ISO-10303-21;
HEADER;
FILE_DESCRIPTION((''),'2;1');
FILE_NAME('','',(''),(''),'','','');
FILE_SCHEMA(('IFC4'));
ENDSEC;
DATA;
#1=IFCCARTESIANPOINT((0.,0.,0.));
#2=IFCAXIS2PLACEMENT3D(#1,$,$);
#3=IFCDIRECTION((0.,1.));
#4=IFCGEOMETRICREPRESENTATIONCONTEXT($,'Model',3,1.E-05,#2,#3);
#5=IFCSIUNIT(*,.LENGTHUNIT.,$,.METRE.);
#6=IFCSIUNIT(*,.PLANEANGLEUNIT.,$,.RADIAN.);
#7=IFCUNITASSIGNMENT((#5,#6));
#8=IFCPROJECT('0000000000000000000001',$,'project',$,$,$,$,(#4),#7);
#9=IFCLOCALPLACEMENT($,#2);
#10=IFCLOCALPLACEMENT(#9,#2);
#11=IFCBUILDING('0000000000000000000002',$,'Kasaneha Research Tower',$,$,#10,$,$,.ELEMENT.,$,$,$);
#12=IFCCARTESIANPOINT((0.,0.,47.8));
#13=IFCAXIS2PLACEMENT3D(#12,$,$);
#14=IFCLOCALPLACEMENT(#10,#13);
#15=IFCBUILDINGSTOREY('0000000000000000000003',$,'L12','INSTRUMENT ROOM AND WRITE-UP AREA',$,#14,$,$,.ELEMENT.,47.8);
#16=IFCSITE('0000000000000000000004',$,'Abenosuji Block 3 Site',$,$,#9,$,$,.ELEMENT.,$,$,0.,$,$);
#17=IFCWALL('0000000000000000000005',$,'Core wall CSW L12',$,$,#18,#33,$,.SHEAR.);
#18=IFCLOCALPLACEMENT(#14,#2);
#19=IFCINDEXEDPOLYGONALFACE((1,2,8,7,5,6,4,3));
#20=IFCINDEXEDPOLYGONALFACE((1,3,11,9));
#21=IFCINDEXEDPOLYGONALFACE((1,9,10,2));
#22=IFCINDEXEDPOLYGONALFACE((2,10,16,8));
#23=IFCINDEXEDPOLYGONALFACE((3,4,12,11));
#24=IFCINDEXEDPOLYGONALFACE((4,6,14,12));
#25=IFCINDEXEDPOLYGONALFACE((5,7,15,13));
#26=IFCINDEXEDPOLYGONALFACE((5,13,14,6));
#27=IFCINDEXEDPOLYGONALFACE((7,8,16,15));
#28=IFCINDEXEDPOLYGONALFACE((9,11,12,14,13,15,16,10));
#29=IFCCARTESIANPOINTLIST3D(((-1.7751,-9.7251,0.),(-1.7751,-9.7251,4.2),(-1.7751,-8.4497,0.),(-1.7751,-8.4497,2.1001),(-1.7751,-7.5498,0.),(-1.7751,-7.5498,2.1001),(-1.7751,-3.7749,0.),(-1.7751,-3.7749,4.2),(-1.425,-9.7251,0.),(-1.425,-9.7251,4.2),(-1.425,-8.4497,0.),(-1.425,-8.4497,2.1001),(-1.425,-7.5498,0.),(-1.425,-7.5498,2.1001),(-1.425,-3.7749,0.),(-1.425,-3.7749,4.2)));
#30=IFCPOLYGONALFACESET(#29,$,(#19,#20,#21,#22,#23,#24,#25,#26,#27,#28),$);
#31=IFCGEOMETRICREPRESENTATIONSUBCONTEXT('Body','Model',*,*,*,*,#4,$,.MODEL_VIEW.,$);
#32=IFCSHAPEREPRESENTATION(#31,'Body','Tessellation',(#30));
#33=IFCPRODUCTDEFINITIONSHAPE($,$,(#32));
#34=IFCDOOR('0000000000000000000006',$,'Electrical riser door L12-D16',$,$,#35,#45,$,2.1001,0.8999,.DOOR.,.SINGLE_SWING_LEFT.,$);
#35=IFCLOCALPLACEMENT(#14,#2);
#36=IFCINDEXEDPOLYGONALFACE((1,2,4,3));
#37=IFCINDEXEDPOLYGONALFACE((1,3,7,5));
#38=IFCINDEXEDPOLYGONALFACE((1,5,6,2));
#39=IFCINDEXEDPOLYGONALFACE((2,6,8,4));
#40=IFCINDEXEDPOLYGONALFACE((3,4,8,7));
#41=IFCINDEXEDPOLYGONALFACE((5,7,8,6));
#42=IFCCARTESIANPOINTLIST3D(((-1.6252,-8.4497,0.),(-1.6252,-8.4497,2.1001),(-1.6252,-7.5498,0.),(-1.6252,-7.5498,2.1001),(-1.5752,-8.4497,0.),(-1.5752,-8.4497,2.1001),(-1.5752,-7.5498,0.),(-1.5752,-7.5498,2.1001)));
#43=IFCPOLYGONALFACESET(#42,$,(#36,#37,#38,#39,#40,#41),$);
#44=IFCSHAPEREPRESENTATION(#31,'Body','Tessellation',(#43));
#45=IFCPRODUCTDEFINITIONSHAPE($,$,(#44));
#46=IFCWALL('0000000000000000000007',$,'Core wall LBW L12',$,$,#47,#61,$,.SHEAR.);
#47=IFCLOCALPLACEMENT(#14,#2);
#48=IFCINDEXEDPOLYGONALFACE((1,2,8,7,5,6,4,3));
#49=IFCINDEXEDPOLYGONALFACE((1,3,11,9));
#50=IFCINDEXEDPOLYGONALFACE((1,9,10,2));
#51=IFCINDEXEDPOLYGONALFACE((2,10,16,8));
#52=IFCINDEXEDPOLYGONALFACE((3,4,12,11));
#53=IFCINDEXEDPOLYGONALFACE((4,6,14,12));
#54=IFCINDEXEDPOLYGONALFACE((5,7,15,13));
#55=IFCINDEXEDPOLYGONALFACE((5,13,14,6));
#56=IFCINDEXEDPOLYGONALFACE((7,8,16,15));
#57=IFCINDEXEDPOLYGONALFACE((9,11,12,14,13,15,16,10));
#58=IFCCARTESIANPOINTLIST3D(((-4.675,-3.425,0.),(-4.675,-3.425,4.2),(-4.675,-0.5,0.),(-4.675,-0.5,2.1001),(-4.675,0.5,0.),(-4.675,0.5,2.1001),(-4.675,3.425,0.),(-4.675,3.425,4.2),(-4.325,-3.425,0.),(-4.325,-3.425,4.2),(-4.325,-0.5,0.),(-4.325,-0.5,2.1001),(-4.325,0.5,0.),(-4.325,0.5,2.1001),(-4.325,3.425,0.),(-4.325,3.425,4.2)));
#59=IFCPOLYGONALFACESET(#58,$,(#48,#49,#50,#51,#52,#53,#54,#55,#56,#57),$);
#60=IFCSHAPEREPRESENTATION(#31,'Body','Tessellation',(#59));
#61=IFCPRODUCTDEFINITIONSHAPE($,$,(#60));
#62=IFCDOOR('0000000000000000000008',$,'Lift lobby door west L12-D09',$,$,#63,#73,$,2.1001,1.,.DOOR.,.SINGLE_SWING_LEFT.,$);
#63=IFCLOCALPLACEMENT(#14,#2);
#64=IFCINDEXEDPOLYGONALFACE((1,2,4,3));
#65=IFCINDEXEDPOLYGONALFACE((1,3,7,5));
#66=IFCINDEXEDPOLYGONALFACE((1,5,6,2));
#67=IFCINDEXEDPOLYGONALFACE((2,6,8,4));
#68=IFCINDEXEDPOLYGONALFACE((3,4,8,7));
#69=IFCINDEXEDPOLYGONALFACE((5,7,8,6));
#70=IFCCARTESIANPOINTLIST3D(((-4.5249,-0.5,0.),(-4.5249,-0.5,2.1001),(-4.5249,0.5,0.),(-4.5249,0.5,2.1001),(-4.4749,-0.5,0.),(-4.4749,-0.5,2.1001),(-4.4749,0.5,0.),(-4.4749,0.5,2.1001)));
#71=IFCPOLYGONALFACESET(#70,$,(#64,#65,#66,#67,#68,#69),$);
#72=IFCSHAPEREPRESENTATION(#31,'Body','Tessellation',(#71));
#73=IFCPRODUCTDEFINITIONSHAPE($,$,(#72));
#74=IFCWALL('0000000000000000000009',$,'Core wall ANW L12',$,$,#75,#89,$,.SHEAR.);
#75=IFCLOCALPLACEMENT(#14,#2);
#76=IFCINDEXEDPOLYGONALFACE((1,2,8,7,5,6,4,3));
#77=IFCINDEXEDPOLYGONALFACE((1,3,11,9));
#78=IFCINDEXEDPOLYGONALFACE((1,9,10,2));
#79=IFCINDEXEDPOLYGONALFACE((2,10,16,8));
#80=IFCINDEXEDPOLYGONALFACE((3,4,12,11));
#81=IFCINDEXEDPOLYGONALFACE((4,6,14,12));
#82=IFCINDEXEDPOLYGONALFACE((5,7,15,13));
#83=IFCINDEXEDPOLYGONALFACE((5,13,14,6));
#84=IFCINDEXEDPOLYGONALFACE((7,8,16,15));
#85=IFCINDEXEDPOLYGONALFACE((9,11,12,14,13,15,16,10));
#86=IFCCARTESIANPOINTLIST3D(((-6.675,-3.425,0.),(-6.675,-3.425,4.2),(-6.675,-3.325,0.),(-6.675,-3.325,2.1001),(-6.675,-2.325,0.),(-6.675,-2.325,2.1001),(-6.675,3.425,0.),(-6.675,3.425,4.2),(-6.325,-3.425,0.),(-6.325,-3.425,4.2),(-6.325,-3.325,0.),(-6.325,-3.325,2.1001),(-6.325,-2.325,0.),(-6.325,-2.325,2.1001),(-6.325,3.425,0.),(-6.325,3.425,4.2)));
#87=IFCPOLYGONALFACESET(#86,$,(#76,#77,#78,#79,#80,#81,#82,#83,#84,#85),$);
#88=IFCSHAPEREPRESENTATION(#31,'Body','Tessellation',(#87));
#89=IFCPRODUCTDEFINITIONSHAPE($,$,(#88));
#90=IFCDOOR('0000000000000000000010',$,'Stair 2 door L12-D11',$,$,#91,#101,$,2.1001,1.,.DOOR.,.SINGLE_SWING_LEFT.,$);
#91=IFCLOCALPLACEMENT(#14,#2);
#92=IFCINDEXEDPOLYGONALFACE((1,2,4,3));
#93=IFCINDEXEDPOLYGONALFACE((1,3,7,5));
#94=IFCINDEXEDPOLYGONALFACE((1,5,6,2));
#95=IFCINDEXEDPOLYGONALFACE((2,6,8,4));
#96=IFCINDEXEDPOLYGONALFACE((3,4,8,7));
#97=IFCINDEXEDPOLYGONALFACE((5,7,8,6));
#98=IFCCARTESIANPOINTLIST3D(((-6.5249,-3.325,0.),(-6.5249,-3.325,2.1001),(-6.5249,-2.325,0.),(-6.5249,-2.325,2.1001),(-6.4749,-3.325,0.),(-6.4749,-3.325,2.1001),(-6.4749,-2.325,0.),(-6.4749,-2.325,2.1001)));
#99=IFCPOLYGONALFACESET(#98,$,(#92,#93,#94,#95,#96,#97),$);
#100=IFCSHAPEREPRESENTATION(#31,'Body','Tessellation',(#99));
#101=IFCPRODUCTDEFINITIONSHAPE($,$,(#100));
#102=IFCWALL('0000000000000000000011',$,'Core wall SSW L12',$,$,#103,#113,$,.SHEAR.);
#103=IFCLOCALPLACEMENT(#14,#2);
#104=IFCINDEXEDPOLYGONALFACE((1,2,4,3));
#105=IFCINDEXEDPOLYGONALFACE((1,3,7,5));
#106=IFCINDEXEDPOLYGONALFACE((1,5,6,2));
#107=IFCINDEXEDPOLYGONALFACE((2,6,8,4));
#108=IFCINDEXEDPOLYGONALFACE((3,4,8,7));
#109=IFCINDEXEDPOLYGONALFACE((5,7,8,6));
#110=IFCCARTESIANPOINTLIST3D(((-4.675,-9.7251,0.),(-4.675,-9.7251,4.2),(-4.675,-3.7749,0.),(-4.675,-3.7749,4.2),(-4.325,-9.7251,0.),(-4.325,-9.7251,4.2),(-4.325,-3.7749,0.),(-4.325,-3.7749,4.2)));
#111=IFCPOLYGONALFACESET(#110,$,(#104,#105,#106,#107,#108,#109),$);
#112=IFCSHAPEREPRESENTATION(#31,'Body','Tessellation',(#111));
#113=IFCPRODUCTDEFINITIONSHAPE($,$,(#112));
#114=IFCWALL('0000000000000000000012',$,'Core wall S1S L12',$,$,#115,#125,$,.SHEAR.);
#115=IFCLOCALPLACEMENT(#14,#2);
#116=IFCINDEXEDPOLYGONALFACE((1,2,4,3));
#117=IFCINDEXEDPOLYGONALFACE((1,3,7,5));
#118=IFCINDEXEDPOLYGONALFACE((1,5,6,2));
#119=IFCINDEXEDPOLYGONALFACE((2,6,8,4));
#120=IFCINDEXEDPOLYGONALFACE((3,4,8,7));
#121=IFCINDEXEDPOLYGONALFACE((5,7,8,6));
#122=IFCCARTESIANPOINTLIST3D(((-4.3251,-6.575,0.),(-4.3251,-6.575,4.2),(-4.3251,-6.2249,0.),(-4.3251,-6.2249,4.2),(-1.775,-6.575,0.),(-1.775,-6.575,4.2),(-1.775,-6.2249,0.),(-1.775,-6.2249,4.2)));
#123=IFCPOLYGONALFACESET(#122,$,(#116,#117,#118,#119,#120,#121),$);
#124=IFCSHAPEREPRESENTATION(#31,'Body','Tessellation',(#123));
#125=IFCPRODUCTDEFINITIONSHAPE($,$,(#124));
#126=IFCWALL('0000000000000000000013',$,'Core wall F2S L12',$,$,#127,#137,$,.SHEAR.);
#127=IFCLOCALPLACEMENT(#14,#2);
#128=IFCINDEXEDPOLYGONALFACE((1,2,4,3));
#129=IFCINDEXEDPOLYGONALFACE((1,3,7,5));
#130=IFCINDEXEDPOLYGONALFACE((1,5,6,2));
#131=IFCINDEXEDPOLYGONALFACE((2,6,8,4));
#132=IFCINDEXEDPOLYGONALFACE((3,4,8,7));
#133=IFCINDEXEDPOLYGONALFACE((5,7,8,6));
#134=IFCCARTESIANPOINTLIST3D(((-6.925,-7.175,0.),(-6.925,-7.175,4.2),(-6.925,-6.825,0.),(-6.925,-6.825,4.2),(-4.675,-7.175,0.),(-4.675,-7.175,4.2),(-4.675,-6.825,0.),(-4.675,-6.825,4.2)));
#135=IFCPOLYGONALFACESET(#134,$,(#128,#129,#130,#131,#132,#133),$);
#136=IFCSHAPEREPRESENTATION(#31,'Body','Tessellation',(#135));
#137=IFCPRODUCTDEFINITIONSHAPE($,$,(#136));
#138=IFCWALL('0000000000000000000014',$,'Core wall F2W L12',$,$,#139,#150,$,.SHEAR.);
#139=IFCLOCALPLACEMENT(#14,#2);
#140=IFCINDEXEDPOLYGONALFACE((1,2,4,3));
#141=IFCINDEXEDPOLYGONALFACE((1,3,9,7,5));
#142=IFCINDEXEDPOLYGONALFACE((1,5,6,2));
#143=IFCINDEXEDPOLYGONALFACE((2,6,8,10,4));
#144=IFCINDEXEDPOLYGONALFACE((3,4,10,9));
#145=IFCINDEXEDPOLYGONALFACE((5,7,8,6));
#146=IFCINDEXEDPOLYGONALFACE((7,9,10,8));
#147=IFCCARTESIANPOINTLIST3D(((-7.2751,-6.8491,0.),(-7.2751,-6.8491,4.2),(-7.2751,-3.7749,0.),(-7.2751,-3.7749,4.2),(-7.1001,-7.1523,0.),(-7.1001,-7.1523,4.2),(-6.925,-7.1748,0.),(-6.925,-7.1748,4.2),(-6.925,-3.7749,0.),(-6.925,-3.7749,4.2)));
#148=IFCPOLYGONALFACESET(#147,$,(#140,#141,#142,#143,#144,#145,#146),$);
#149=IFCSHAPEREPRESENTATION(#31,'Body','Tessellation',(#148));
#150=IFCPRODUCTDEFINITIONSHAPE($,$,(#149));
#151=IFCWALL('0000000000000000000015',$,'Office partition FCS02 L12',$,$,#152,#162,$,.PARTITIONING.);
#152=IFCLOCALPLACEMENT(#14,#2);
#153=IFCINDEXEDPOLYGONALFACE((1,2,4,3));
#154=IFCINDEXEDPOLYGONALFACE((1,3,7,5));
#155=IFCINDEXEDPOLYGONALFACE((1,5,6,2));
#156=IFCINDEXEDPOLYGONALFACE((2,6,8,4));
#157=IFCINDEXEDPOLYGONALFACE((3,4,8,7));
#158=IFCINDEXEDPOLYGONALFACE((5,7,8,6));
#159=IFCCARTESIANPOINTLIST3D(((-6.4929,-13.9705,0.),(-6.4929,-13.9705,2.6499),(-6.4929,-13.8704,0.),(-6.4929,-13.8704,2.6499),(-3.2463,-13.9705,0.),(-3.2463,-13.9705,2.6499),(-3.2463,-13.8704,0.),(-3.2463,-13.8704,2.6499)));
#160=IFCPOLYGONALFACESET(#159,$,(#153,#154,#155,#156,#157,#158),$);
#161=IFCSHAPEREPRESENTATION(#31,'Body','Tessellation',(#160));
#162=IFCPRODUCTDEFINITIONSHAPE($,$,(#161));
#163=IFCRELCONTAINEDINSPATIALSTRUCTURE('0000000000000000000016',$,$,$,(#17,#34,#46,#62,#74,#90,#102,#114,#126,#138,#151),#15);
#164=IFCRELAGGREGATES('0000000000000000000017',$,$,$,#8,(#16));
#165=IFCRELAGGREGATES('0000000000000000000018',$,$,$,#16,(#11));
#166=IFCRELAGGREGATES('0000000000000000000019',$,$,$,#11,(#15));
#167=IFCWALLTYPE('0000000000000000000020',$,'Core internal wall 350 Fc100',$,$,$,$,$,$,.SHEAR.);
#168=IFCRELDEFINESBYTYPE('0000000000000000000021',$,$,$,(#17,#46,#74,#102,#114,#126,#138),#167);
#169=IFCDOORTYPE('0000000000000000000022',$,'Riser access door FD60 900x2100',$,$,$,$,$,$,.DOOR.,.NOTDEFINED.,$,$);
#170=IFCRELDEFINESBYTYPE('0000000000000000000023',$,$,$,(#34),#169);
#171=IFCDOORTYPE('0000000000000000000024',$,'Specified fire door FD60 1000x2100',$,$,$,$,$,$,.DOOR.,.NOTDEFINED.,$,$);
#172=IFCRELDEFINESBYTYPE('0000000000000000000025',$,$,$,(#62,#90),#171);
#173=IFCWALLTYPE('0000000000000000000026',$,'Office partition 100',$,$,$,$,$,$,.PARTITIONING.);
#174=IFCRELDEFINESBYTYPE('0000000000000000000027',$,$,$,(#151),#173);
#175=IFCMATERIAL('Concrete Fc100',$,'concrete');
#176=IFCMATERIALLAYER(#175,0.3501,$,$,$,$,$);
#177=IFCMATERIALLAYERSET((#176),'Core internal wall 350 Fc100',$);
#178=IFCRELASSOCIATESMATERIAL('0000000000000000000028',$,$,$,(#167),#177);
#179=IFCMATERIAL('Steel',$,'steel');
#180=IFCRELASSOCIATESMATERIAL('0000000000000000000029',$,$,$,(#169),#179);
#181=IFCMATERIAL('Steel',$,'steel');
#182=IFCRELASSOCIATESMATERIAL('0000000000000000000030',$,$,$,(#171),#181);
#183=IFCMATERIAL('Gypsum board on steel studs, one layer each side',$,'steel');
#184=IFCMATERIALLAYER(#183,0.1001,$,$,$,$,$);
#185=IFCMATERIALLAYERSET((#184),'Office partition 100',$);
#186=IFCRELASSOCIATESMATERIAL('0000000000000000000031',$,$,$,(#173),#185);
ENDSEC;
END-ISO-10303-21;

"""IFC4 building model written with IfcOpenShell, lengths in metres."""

from ifc_helpers import new_model, si_unit, direction, frame, frame_2d, origin, place, context, subcontext, project, spatial, polyline, rectangle, outline, extrude, material, layer, layer_set, type_object, element, fill, save


model = new_model("IFC4")

# Units and contexts
model_context = context("Model", 3, precision=1e-05, world=origin(), true_north=direction((0.0, 1.0)))
body_context = subcontext(model_context, "Body", "Model", "MODEL_VIEW")
ifc_project = project(units=[si_unit("LENGTHUNIT", "METRE"), si_unit("PLANEANGLEUNIT", "RADIAN")], contexts=[model_context])

# Site, building, storey
site_placement = place(None, origin())
site = spatial("IfcSite", under=ifc_project, at=site_placement, Name="Abenosuji Block 3 Site", CompositionType="ELEMENT", RefElevation=0.0)
building_placement = place(site_placement, origin())
building = spatial("IfcBuilding", under=site, at=building_placement, Name="Kasaneha Research Tower", CompositionType="ELEMENT")
storey_placement = place(building_placement, frame((0.0, 0.0, 47.8)))
storey = spatial("IfcBuildingStorey", under=building, at=storey_placement, Name="L12", Description="INSTRUMENT ROOM AND WRITE-UP AREA", CompositionType="ELEMENT", Elevation=47.8)

# Walls, openings, doors
ifc_material_1 = material(Name="Concrete Fc100", Category="concrete")
ifc_layer_1 = layer(ifc_material_1, 0.3501)
ifc_layer_set_1 = layer_set([ifc_layer_1], Name="Core internal wall 350 Fc100")
wall_type_1 = type_object("IfcWallType", Name="Core internal wall 350 Fc100", PredefinedType="SHEAR", material=ifc_layer_set_1)
wall_1_placement = place(storey_placement, frame((-1.6001, -3.7749, 0.0), z_axis=(0.0, 0.0, 1.0), x_axis=(0.0, -1.0, 0.0)))
wall_1 = element("IfcWall", 1, at=wall_1_placement, inside=storey, type_object=wall_type_1, Name="Core wall CSW L12", PredefinedType="SHEAR", context=body_context, shape_type="SweptSolid", body=[
    extrude(rectangle(XDim=5.9502, YDim=0.3501, at=frame_2d((2.9751, 0.0))), origin(), (0.0, 0.0, 1.0), 4.2),
])
opening_1_placement = place(wall_1_placement, frame((3.7749, 0.0, 0.0)))
opening_1 = element("IfcOpeningElement", 2, at=opening_1_placement, cuts=wall_1, PredefinedType="OPENING", context=body_context, shape_type="SweptSolid", body=[
    extrude(rectangle(XDim=0.8999, YDim=2.1001, at=frame_2d((0.45, 1.05))), frame((0.0, 0.1851, 0.0), z_axis=(0.0, -1.0, 0.0), x_axis=(1.0, 0.0, 0.0)), (0.0, 0.0, 1.0), 0.3701),
])
ifc_material_2 = material(Name="Steel", Category="steel")
door_type_1 = type_object("IfcDoorType", Name="Riser access door FD60 900x2100", OperationType="NOTDEFINED", PredefinedType="DOOR", material=ifc_material_2)
door_1_placement = place(opening_1_placement, origin())
door_1 = element("IfcDoor", 3, at=door_1_placement, inside=storey, type_object=door_type_1, Name="Electrical riser door L12-D16", OperationType="SINGLE_SWING_LEFT", OverallHeight=2.1001, OverallWidth=0.8999, PredefinedType="DOOR", context=body_context, shape_type="SweptSolid", body=[
    extrude(rectangle(XDim=0.8999, YDim=2.1001, at=frame_2d((0.45, 1.05))), frame((0.0, 0.0249, 0.0), z_axis=(0.0, -1.0, 0.0), x_axis=(1.0, 0.0, 0.0)), (0.0, 0.0, 1.0), 0.05),
])
fill(opening_1, door_1)
wall_2_placement = place(storey_placement, frame((-4.5, -3.425, 0.0), z_axis=(0.0, 0.0, 1.0), x_axis=(0.0, 1.0, 0.0)))
wall_2 = element("IfcWall", 4, at=wall_2_placement, inside=storey, type_object=wall_type_1, Name="Core wall LBW L12", PredefinedType="SHEAR", context=body_context, shape_type="SweptSolid", body=[
    extrude(rectangle(XDim=6.8501, YDim=0.3501, at=frame_2d((3.425, 0.0))), origin(), (0.0, 0.0, 1.0), 4.2),
])
opening_2_placement = place(wall_2_placement, frame((2.925, 0.0, 0.0)))
opening_2 = element("IfcOpeningElement", 5, at=opening_2_placement, cuts=wall_2, PredefinedType="OPENING", context=body_context, shape_type="SweptSolid", body=[
    extrude(rectangle(XDim=1.0, YDim=2.1001, at=frame_2d((0.5, 1.05))), frame((0.0, 0.1851, 0.0), z_axis=(0.0, -1.0, 0.0), x_axis=(1.0, 0.0, 0.0)), (0.0, 0.0, 1.0), 0.3701),
])
ifc_material_3 = material(Name="Steel", Category="steel")
door_type_2 = type_object("IfcDoorType", Name="Specified fire door FD60 1000x2100", OperationType="NOTDEFINED", PredefinedType="DOOR", material=ifc_material_3)
door_2_placement = place(opening_2_placement, origin())
door_2 = element("IfcDoor", 6, at=door_2_placement, inside=storey, type_object=door_type_2, Name="Lift lobby door west L12-D09", OperationType="SINGLE_SWING_LEFT", OverallHeight=2.1001, OverallWidth=1.0, PredefinedType="DOOR", context=body_context, shape_type="SweptSolid", body=[
    extrude(rectangle(XDim=1.0, YDim=2.1001, at=frame_2d((0.5, 1.05))), frame((0.0, 0.0249, 0.0), z_axis=(0.0, -1.0, 0.0), x_axis=(1.0, 0.0, 0.0)), (0.0, 0.0, 1.0), 0.05),
])
fill(opening_2, door_2)
wall_3_placement = place(storey_placement, frame((-6.5, -3.425, 0.0), z_axis=(0.0, 0.0, 1.0), x_axis=(0.0, 1.0, 0.0)))
wall_3 = element("IfcWall", 7, at=wall_3_placement, inside=storey, type_object=wall_type_1, Name="Core wall ANW L12", PredefinedType="SHEAR", context=body_context, shape_type="SweptSolid", body=[
    extrude(rectangle(XDim=6.8501, YDim=0.3501, at=frame_2d((3.425, 0.0))), origin(), (0.0, 0.0, 1.0), 4.2),
])
opening_3_placement = place(wall_3_placement, frame((0.1001, 0.0, 0.0)))
opening_3 = element("IfcOpeningElement", 8, at=opening_3_placement, cuts=wall_3, PredefinedType="OPENING", context=body_context, shape_type="SweptSolid", body=[
    extrude(rectangle(XDim=1.0, YDim=2.1001, at=frame_2d((0.5, 1.05))), frame((0.0, 0.1851, 0.0), z_axis=(0.0, -1.0, 0.0), x_axis=(1.0, 0.0, 0.0)), (0.0, 0.0, 1.0), 0.3701),
])
door_3_placement = place(opening_3_placement, origin())
door_3 = element("IfcDoor", 9, at=door_3_placement, inside=storey, type_object=door_type_2, Name="Stair 2 door L12-D11", OperationType="SINGLE_SWING_LEFT", OverallHeight=2.1001, OverallWidth=1.0, PredefinedType="DOOR", context=body_context, shape_type="SweptSolid", body=[
    extrude(rectangle(XDim=1.0, YDim=2.1001, at=frame_2d((0.5, 1.05))), frame((0.0, 0.0249, 0.0), z_axis=(0.0, -1.0, 0.0), x_axis=(1.0, 0.0, 0.0)), (0.0, 0.0, 1.0), 0.05),
])
fill(opening_3, door_3)

# Walls
wall_4_placement = place(storey_placement, frame((-4.5, -3.7749, 0.0), z_axis=(0.0, 0.0, 1.0), x_axis=(0.0, -1.0, 0.0)))
element("IfcWall", 10, at=wall_4_placement, inside=storey, type_object=wall_type_1, Name="Core wall SSW L12", PredefinedType="SHEAR", context=body_context, shape_type="SweptSolid", body=[
    extrude(rectangle(XDim=5.9502, YDim=0.3501, at=frame_2d((2.9751, 0.0))), origin(), (0.0, 0.0, 1.0), 4.2),
])
wall_5_placement = place(storey_placement, frame((-4.325, -6.3999, 0.0), z_axis=(0.0, 0.0, 1.0), x_axis=(1.0, 0.0, 0.0)))
element("IfcWall", 11, at=wall_5_placement, inside=storey, type_object=wall_type_1, Name="Core wall S1S L12", PredefinedType="SHEAR", context=body_context, shape_type="SweptSolid", body=[
    extrude(rectangle(XDim=2.55, YDim=0.3501, at=frame_2d((1.2749, 0.0))), origin(), (0.0, 0.0, 1.0), 4.2),
])
wall_6_placement = place(storey_placement, frame((-6.925, -7.0, 0.0), z_axis=(0.0, 0.0, 1.0), x_axis=(1.0, 0.0, 0.0)))
element("IfcWall", 12, at=wall_6_placement, inside=storey, type_object=wall_type_1, Name="Core wall F2S L12", PredefinedType="SHEAR", context=body_context, shape_type="SweptSolid", body=[
    extrude(rectangle(XDim=2.25, YDim=0.3501, at=frame_2d((1.125, 0.0))), origin(), (0.0, 0.0, 1.0), 4.2),
])
wall_7_placement = place(storey_placement, frame((-7.1001, -3.7749, 0.0), z_axis=(0.0, 0.0, 1.0), x_axis=(0.0, -1.0, 0.0)))
element("IfcWall", 13, at=wall_7_placement, inside=storey, type_object=wall_type_1, Name="Core wall F2W L12", PredefinedType="SHEAR", context=body_context, shape_type="SweptSolid", body=[
    extrude(outline(polyline([(0.0, -0.175), (3.0742, -0.175), (3.3774, 0.0), (3.3999, 0.175), (0.0, 0.175), (0.0, -0.175)])), origin(), (0.0, 0.0, 1.0), 4.2),
])

# Wall
ifc_material_4 = material(Name="Gypsum board on steel studs, one layer each side", Category="steel")
ifc_layer_2 = layer(ifc_material_4, 0.1001)
ifc_layer_set_2 = layer_set([ifc_layer_2], Name="Office partition 100")
wall_type_2 = type_object("IfcWallType", Name="Office partition 100", PredefinedType="PARTITIONING", material=ifc_layer_set_2)
wall_8_placement = place(storey_placement, frame((-6.4929, -13.9204, 0.0), z_axis=(0.0, 0.0, 1.0), x_axis=(1.0, 0.0, 0.0)))
element("IfcWall", 14, at=wall_8_placement, inside=storey, type_object=wall_type_2, Name="Office partition FCS02 L12", PredefinedType="PARTITIONING", context=body_context, shape_type="SweptSolid", body=[
    extrude(rectangle(XDim=3.2466, YDim=0.1001, at=frame_2d((1.6233, 0.0))), origin(), (0.0, 0.0, 1.0), 2.6499),
])

save(model, "model.ifc")
